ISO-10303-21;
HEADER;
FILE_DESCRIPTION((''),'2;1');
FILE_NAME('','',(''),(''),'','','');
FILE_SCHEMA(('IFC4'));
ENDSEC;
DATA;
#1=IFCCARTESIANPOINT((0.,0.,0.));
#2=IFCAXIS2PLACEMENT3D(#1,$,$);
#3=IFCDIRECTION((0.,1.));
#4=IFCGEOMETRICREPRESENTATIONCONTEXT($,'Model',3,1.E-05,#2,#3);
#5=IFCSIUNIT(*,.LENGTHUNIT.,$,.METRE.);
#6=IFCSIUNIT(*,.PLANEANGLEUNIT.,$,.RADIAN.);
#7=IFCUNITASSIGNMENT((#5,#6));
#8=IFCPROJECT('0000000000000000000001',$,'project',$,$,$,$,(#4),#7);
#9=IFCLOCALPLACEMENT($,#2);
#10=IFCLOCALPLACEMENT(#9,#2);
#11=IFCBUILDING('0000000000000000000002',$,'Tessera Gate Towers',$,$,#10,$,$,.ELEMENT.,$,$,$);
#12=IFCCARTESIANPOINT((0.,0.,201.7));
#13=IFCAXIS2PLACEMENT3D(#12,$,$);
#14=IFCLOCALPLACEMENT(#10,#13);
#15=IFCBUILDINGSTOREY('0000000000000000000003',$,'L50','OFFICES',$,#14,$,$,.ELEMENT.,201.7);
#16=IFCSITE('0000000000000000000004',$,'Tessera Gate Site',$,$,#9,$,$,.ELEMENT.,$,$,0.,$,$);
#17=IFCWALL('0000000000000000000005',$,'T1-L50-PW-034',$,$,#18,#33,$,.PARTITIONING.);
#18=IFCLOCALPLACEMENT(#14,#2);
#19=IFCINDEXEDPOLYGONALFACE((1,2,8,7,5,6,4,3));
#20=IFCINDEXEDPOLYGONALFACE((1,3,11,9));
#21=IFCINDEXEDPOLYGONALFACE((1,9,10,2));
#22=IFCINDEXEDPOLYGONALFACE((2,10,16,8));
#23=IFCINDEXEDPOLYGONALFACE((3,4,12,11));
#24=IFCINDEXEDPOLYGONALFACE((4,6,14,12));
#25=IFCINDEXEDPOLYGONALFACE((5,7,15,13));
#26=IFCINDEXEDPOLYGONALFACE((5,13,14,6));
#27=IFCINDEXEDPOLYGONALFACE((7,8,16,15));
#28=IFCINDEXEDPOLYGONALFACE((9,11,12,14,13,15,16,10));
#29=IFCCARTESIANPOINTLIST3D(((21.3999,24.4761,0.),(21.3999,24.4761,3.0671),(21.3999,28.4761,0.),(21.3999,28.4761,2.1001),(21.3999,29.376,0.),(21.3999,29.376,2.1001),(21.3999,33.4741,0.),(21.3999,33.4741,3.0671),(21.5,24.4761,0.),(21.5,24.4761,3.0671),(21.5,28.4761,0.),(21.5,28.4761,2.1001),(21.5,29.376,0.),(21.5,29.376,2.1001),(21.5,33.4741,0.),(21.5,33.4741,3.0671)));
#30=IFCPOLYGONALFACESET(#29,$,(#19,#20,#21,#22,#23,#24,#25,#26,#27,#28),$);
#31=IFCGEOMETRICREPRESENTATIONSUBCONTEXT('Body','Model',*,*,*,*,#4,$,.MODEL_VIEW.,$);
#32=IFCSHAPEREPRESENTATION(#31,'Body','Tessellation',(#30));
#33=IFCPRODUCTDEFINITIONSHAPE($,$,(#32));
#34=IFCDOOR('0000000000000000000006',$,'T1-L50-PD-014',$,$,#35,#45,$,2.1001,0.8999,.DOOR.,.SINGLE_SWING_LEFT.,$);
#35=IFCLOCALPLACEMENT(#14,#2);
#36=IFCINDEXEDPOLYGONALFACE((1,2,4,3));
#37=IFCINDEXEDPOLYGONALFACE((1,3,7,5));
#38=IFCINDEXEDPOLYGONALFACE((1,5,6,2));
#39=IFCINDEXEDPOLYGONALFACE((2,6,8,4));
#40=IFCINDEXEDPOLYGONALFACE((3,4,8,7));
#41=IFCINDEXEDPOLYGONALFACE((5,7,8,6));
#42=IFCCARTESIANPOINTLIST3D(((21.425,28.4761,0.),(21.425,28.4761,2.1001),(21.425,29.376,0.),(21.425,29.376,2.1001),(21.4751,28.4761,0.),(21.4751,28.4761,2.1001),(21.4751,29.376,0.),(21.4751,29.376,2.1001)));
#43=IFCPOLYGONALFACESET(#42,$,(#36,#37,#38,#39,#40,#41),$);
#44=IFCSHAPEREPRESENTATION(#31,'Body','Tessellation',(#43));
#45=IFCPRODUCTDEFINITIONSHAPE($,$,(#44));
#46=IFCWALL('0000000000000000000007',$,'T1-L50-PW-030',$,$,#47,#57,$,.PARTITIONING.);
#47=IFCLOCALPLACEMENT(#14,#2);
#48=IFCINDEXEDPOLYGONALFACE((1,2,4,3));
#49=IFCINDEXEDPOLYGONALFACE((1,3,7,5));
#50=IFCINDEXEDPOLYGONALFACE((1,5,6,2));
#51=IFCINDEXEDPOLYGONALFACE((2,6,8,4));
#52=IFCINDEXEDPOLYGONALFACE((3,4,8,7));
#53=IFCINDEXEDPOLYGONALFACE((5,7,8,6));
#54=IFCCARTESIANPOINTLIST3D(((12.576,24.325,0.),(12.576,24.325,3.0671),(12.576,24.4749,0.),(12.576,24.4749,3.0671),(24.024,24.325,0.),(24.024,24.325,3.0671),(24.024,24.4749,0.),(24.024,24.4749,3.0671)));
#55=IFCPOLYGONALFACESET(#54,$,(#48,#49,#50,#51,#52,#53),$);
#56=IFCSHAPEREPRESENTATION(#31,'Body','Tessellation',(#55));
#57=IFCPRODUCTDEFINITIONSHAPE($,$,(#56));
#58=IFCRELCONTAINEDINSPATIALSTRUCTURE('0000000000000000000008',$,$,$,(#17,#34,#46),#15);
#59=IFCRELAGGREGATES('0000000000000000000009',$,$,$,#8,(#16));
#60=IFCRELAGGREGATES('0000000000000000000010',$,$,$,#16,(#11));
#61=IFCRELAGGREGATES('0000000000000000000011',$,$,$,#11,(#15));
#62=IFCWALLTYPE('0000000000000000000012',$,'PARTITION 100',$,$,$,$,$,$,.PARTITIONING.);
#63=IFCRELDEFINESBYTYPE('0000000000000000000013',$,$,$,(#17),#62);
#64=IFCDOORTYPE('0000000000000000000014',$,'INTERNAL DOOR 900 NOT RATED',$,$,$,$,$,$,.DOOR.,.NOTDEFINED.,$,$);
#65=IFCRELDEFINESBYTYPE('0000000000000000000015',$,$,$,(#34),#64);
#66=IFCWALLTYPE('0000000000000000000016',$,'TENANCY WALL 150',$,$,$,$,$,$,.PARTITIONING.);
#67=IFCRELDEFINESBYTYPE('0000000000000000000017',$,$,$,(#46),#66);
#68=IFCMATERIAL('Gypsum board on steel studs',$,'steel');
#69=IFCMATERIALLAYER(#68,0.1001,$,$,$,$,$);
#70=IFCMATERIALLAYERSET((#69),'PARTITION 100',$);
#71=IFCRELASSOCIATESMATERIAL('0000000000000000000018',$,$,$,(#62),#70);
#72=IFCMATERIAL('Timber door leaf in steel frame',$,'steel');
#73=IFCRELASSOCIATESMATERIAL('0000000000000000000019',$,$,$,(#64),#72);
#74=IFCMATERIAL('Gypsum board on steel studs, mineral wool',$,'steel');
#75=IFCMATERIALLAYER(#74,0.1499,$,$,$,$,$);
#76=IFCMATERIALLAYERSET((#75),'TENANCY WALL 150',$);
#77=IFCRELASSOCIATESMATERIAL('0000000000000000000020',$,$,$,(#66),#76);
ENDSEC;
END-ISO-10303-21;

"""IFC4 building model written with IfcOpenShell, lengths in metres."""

from ifc_helpers import new_model, si_unit, direction, frame, frame_2d, origin, place, context, subcontext, project, spatial, rectangle, extrude, source, transform, mapped, material, layer, layer_set, type_object, element, fill, save


model = new_model("IFC4")

# Units and contexts
model_context = context("Model", 3, precision=1e-05, world=origin(), true_north=direction((0.0, 1.0)))
body_context = subcontext(model_context, "Body", "Model", "MODEL_VIEW")
ifc_project = project(units=[si_unit("LENGTHUNIT", "METRE"), si_unit("PLANEANGLEUNIT", "RADIAN")], contexts=[model_context])

# Site, building, storey
site_placement = place(None, origin())
site = spatial("IfcSite", under=ifc_project, at=site_placement, Name="Tessera Gate Site", CompositionType="ELEMENT", RefElevation=0.0)
building_placement = place(site_placement, origin())
building = spatial("IfcBuilding", under=site, at=building_placement, Name="Tessera Gate Towers", CompositionType="ELEMENT")
storey_placement = place(building_placement, frame((0.0, 0.0, 201.7)))
storey = spatial("IfcBuildingStorey", under=building, at=storey_placement, Name="L50", Description="OFFICES", CompositionType="ELEMENT", Elevation=201.7)

# Wall, opening, door
shared_shape_1 = source(origin(), body_context, "Body", "SweptSolid", [
    extrude(rectangle(XDim=0.8999, YDim=2.1001, at=frame_2d((0.45, 1.05))), frame((0.0, 0.0601, 0.0), z_axis=(0.0, -1.0, 0.0), x_axis=(1.0, 0.0, 0.0)), (0.0, 0.0, 1.0), 0.1201),
])
shared_shape_2 = source(origin(), body_context, "Body", "SweptSolid", [
    extrude(rectangle(XDim=0.8999, YDim=2.1001, at=frame_2d((0.45, 1.05))), frame((0.0, 0.0249, 0.0), z_axis=(0.0, -1.0, 0.0), x_axis=(1.0, 0.0, 0.0)), (0.0, 0.0, 1.0), 0.05),
])
ifc_material_1 = material(Name="Gypsum board on steel studs", Category="steel")
ifc_layer_1 = layer(ifc_material_1, 0.1001)
ifc_layer_set_1 = layer_set([ifc_layer_1], Name="PARTITION 100")
wall_type_1 = type_object("IfcWallType", Name="PARTITION 100", PredefinedType="PARTITIONING", material=ifc_layer_set_1)
wall_1_placement = place(storey_placement, frame((21.45, 24.4761, 0.0), z_axis=(0.0, 0.0, 1.0), x_axis=(0.0, 1.0, 0.0)))
wall_1 = element("IfcWall", 1, at=wall_1_placement, inside=storey, type_object=wall_type_1, Name="T1-L50-PW-034", PredefinedType="PARTITIONING", context=body_context, shape_type="SweptSolid", body=[
    extrude(rectangle(XDim=8.998, YDim=0.1001, at=frame_2d((4.499, 0.0))), origin(), (0.0, 0.0, 1.0), 3.0671),
])
opening_1_placement = place(wall_1_placement, frame((4.0, 0.0, 0.0)))
opening_1 = element("IfcOpeningElement", 2, at=opening_1_placement, cuts=wall_1, PredefinedType="OPENING", context=body_context, shape_type="MappedRepresentation", body=[
    mapped(shared_shape_1, transform((0.0, 0.0, 0.0), scale=1.0)),
])
ifc_material_2 = material(Name="Timber door leaf in steel frame", Category="steel")
door_type_1 = type_object("IfcDoorType", Name="INTERNAL DOOR 900 NOT RATED", OperationType="NOTDEFINED", PredefinedType="DOOR", material=ifc_material_2)
door_1_placement = place(opening_1_placement, origin())
door_1 = element("IfcDoor", 3, at=door_1_placement, inside=storey, type_object=door_type_1, Name="T1-L50-PD-014", OperationType="SINGLE_SWING_LEFT", OverallHeight=2.1001, OverallWidth=0.8999, PredefinedType="DOOR", context=body_context, shape_type="MappedRepresentation", body=[
    mapped(shared_shape_2, transform((0.0, 0.0, 0.0), scale=1.0)),
])
fill(opening_1, door_1)

# Wall
ifc_material_3 = material(Name="Gypsum board on steel studs, mineral wool", Category="steel")
ifc_layer_2 = layer(ifc_material_3, 0.1499)
ifc_layer_set_2 = layer_set([ifc_layer_2], Name="TENANCY WALL 150")
wall_type_2 = type_object("IfcWallType", Name="TENANCY WALL 150", PredefinedType="PARTITIONING", material=ifc_layer_set_2)
wall_2_placement = place(storey_placement, frame((12.5759, 24.3999, 0.0), z_axis=(0.0, 0.0, 1.0), x_axis=(1.0, 0.0, 0.0)))
element("IfcWall", 4, at=wall_2_placement, inside=storey, type_object=wall_type_2, Name="T1-L50-PW-030", PredefinedType="PARTITIONING", context=body_context, shape_type="SweptSolid", body=[
    extrude(rectangle(XDim=11.448, YDim=0.1499, at=frame_2d((5.7241, 0.0))), origin(), (0.0, 0.0, 1.0), 3.0671),
])

save(model, "model.ifc")
